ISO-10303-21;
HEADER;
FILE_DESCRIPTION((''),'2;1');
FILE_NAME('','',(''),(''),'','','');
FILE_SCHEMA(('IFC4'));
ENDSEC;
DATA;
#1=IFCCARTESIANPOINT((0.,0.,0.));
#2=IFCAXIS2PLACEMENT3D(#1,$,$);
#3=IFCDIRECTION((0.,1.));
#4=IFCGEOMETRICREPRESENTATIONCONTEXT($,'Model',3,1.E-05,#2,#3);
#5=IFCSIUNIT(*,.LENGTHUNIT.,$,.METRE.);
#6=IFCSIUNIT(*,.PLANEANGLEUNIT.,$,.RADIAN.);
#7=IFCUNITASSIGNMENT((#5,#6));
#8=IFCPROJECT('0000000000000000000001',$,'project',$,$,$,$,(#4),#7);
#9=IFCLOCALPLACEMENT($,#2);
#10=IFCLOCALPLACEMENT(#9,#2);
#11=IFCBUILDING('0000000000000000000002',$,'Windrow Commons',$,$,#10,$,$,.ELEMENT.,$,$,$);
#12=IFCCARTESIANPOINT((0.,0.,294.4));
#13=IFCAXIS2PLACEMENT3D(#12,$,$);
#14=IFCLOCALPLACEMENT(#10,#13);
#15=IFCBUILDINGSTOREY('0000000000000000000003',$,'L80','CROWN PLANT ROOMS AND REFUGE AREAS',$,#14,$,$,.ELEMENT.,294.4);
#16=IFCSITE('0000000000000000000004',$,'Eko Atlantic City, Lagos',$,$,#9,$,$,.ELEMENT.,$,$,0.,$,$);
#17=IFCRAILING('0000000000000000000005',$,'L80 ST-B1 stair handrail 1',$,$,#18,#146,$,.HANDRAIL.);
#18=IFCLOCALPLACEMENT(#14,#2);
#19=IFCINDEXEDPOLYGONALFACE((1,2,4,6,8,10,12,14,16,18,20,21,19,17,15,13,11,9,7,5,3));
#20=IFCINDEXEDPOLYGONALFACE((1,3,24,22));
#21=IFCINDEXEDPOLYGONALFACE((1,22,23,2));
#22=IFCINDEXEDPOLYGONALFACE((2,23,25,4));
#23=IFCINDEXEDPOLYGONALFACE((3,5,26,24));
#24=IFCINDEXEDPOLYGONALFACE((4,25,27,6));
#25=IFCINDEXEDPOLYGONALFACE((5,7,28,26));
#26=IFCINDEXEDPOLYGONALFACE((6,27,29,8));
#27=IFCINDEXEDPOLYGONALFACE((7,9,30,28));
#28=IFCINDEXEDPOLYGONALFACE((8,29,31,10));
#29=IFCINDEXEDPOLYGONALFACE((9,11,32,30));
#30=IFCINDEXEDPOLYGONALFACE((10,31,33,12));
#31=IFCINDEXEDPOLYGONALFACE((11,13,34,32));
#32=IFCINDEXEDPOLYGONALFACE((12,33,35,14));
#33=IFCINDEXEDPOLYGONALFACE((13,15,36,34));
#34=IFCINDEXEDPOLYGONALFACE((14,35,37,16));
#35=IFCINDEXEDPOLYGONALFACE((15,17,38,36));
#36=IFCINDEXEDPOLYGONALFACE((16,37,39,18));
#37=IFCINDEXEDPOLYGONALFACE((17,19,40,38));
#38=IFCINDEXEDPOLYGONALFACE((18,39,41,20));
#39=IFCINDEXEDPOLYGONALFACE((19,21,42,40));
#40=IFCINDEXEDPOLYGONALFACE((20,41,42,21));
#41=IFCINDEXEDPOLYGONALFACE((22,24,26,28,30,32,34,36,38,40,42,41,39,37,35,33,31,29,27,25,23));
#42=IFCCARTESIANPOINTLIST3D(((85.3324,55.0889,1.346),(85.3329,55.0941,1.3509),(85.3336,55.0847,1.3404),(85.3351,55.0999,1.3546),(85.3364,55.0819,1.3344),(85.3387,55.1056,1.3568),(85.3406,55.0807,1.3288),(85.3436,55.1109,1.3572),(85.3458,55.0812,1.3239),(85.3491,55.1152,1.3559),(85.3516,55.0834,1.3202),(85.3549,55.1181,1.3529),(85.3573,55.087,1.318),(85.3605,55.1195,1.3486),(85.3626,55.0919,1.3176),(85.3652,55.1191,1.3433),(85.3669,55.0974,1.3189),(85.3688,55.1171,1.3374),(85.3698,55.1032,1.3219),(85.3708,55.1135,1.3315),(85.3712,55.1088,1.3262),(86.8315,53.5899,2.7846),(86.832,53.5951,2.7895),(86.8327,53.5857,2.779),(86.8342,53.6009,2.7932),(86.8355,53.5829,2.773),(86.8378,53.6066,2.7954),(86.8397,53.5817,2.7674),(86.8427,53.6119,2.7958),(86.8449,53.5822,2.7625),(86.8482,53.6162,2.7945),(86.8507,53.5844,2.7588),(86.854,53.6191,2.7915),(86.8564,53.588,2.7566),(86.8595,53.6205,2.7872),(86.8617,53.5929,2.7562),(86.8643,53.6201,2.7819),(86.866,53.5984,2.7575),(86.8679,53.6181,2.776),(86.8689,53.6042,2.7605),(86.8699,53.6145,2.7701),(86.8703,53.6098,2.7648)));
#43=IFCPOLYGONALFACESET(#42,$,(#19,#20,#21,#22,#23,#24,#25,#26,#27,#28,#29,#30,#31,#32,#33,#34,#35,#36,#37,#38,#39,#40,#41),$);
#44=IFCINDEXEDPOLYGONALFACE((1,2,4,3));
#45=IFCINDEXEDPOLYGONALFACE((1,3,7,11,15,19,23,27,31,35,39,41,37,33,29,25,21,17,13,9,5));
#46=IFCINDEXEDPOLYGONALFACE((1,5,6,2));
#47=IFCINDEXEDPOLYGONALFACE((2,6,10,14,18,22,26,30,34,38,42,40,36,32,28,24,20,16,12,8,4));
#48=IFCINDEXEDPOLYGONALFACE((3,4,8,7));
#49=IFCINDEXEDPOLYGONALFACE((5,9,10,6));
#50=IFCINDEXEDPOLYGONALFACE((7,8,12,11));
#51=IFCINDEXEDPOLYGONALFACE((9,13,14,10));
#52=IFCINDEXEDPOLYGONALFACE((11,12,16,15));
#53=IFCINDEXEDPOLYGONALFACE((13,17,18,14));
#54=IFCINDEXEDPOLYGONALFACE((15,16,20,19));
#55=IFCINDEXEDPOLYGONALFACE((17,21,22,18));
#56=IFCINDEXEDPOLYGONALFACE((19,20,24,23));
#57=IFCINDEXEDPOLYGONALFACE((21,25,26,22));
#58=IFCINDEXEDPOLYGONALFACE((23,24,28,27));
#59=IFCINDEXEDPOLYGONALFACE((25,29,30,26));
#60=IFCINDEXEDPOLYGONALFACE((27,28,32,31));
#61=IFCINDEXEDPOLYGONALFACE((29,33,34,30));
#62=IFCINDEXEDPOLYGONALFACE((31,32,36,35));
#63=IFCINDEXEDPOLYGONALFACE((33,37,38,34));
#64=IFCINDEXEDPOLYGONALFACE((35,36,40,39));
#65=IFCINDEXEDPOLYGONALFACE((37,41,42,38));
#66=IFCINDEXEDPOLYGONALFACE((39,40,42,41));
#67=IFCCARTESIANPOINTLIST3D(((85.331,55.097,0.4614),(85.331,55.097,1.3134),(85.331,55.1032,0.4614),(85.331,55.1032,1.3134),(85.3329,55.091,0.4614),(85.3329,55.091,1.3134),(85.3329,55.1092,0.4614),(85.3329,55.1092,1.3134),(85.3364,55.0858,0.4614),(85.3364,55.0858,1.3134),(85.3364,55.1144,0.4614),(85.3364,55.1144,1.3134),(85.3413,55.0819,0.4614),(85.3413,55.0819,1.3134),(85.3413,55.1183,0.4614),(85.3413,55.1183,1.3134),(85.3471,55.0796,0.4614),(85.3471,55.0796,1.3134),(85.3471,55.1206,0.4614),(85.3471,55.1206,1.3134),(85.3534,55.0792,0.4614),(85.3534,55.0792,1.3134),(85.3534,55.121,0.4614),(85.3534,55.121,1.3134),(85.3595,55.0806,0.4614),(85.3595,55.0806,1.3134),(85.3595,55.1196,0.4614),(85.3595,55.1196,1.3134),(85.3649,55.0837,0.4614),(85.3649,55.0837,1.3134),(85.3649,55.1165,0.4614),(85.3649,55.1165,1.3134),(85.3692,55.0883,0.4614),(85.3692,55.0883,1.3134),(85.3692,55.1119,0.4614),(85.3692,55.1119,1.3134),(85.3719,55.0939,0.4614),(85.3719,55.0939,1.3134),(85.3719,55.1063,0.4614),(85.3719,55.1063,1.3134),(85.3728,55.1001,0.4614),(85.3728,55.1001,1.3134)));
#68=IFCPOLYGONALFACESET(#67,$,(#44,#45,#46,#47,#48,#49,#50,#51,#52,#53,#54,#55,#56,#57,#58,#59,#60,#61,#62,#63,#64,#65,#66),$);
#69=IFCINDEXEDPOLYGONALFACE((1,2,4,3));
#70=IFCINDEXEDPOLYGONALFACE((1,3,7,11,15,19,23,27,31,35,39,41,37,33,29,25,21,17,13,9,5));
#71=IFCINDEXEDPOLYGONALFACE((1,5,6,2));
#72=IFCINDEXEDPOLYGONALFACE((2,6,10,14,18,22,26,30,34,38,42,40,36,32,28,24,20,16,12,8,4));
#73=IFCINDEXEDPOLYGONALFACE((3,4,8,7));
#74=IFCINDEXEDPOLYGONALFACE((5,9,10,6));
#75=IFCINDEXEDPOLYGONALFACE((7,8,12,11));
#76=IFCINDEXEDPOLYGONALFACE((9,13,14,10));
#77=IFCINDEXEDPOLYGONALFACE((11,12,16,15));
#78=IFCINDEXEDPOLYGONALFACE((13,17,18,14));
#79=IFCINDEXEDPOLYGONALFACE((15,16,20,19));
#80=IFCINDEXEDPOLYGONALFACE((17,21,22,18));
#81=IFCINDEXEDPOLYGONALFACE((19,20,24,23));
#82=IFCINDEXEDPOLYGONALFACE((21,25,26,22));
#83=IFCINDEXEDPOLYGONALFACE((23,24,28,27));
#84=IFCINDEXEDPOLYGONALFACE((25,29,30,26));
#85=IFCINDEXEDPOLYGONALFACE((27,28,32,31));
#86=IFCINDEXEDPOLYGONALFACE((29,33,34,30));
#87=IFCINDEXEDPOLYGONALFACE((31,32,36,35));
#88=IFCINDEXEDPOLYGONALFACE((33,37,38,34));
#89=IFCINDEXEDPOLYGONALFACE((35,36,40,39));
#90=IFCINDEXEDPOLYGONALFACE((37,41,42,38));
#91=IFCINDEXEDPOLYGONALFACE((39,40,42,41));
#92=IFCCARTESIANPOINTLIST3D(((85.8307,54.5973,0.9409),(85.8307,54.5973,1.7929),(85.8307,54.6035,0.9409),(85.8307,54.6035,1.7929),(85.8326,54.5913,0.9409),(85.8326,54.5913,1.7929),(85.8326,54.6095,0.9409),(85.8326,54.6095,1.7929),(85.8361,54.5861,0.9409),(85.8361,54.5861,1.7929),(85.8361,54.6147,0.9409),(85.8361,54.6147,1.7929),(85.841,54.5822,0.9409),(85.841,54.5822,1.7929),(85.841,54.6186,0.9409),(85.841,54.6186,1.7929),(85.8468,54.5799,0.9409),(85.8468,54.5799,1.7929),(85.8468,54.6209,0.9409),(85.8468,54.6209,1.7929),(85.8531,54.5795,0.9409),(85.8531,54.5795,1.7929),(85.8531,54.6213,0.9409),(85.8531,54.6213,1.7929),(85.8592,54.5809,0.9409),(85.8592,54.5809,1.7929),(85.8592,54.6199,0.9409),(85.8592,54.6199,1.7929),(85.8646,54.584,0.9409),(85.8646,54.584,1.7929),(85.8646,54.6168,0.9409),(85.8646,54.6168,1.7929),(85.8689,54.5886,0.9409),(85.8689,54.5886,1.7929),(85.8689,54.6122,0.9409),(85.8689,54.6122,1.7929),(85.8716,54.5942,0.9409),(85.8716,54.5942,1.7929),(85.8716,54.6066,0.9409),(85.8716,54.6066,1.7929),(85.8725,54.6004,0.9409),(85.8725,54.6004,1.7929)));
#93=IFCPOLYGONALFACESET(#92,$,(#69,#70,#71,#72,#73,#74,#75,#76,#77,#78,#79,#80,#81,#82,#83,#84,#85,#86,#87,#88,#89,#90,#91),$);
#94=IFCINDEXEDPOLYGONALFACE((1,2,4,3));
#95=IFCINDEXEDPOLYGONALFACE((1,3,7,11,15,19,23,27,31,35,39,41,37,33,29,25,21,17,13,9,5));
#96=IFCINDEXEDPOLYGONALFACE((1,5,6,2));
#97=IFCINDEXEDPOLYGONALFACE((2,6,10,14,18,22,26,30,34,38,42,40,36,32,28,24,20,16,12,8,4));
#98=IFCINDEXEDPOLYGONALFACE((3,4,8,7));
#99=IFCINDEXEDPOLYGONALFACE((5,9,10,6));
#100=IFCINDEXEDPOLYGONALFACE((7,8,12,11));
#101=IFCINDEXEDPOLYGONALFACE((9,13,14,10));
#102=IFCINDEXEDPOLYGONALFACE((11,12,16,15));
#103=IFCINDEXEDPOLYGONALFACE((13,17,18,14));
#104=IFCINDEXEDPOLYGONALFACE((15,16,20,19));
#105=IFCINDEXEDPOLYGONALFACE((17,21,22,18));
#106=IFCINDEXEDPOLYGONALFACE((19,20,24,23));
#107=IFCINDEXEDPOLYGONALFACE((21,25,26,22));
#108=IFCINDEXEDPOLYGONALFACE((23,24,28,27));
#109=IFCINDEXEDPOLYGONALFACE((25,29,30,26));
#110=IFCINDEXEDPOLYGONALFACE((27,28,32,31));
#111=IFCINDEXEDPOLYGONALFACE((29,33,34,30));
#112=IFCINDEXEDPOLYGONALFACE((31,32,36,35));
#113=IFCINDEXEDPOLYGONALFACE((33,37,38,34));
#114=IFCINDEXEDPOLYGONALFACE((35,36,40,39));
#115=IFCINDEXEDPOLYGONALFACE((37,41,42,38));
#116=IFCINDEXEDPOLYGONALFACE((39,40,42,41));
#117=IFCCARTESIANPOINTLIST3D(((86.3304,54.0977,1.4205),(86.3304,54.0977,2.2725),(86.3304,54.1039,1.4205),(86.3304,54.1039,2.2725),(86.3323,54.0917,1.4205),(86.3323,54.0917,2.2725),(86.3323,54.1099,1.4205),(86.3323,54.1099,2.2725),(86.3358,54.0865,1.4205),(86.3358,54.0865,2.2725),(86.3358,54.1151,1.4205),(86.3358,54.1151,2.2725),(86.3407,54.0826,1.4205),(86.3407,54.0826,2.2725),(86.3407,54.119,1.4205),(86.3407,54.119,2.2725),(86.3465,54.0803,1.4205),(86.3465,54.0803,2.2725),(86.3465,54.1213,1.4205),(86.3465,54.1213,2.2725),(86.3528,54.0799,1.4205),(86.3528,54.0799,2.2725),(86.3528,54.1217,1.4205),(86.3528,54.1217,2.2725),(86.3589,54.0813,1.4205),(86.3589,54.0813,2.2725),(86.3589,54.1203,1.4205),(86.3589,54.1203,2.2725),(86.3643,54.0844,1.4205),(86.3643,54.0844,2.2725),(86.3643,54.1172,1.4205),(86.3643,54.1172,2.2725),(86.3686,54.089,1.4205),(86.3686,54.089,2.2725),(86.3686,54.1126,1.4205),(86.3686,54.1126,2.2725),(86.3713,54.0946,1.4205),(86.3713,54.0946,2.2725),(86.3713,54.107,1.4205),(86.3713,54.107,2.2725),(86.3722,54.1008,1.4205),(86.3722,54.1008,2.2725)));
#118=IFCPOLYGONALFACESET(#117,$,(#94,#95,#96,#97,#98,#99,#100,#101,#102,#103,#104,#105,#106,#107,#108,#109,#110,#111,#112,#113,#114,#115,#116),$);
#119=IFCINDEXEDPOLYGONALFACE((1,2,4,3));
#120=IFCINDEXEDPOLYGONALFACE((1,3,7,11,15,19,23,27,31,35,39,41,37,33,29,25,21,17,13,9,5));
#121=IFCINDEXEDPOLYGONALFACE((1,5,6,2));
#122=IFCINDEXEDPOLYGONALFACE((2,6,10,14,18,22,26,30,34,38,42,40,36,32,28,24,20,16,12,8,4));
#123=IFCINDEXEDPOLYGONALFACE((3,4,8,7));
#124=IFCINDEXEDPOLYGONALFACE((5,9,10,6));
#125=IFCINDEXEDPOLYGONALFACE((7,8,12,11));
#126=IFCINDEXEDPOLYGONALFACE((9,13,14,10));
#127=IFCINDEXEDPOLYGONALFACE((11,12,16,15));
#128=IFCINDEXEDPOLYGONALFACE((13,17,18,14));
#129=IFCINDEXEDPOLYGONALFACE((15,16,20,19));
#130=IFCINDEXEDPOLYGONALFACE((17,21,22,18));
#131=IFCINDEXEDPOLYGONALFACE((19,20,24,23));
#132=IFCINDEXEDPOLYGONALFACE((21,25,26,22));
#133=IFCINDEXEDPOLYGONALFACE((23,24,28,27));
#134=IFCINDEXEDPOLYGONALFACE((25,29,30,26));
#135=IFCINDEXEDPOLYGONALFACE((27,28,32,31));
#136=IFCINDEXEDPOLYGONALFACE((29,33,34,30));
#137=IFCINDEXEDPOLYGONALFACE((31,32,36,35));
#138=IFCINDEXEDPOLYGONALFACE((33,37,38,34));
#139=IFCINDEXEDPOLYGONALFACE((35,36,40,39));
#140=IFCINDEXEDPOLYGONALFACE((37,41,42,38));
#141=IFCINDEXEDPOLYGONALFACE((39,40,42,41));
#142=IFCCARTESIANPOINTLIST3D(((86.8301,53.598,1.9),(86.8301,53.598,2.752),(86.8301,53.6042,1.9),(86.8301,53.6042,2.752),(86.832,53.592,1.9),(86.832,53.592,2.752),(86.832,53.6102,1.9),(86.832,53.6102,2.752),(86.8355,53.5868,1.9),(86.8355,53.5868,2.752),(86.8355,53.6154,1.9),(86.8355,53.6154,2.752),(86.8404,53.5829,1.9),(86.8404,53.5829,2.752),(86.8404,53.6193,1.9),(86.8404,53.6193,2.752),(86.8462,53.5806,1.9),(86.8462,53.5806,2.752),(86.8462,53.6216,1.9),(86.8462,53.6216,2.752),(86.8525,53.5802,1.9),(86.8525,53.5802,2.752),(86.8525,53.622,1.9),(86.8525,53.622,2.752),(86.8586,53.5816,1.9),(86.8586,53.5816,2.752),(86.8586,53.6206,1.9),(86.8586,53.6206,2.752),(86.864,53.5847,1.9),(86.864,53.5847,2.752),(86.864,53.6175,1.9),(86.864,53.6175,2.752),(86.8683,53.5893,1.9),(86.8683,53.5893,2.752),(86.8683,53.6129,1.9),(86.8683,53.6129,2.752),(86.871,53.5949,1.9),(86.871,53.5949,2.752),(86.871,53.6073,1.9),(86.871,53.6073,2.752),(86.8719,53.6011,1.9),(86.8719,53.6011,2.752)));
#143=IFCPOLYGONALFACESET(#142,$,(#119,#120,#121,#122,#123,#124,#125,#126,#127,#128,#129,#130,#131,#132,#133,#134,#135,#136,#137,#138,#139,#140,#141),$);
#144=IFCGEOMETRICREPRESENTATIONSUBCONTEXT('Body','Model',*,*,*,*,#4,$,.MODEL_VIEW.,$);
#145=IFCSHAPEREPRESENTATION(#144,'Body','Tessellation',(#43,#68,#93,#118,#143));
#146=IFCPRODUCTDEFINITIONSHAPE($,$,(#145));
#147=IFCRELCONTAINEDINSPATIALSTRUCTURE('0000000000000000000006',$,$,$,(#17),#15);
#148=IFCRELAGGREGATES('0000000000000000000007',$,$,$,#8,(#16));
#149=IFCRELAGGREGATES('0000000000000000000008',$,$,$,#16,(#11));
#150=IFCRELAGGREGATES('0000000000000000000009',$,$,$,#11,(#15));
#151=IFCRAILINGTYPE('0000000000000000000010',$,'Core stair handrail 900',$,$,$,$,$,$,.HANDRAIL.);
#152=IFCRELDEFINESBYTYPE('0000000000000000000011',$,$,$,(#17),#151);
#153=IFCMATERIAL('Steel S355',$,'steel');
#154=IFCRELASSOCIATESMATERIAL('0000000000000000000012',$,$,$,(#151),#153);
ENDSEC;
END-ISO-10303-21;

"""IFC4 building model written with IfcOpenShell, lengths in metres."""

from ifc_helpers import new_model, si_unit, direction, frame, origin, origin_2d, place, context, subcontext, project, spatial, circle, extrude, material, type_object, element, save


model = new_model("IFC4")

# Units and contexts
model_context = context("Model", 3, precision=1e-05, world=origin(), true_north=direction((0.0, 1.0)))
body_context = subcontext(model_context, "Body", "Model", "MODEL_VIEW")
ifc_project = project(units=[si_unit("LENGTHUNIT", "METRE"), si_unit("PLANEANGLEUNIT", "RADIAN")], contexts=[model_context])

# Site, building, storey
site_placement = place(None, origin())
site = spatial("IfcSite", under=ifc_project, at=site_placement, Name="Eko Atlantic City, Lagos", CompositionType="ELEMENT", RefElevation=0.0)
building_placement = place(site_placement, origin())
building = spatial("IfcBuilding", under=site, at=building_placement, Name="Windrow Commons", CompositionType="ELEMENT")
storey_placement = place(building_placement, frame((0.0, 0.0, 294.4)))
storey = spatial("IfcBuildingStorey", under=building, at=storey_placement, Name="L80", Description="CROWN PLANT ROOMS AND REFUGE AREAS", CompositionType="ELEMENT", Elevation=294.4)

# Railing
ifc_material_1 = material(Name="Steel S355", Category="steel")
railing_type_1 = type_object("IfcRailingType", Name="Core stair handrail 900", PredefinedType="HANDRAIL", material=ifc_material_1)
railing_1_placement = place(storey_placement, frame((85.3518, 55.1001, 0.4614)))
element("IfcRailing", 1, at=railing_1_placement, inside=storey, type_object=railing_type_1, Name="L80 ST-B1 stair handrail 1", PredefinedType="HANDRAIL", context=body_context, shape_type="SweptSolid", body=[
    extrude(circle(Radius=0.024, at=origin_2d()), frame((0.0, 0.0, 0.876), z_axis=(0.585128, -0.585089, 0.561513), x_axis=(0.707083, 0.70713, 0.0)), (0.0, 0.0, 1.0), 2.562),
    extrude(circle(Radius=0.021, at=origin_2d()), origin(), (0.0, 0.0, 1.0), 0.852),
    extrude(circle(Radius=0.021, at=origin_2d()), frame((0.4997, -0.4997, 0.4795)), (0.0, 0.0, 1.0), 0.852),
    extrude(circle(Radius=0.021, at=origin_2d()), frame((0.9994, -0.9993, 0.9591)), (0.0, 0.0, 1.0), 0.852),
    extrude(circle(Radius=0.021, at=origin_2d()), frame((1.4991, -1.499, 1.4386)), (0.0, 0.0, 1.0), 0.852),
])

save(model, "model.ifc")
